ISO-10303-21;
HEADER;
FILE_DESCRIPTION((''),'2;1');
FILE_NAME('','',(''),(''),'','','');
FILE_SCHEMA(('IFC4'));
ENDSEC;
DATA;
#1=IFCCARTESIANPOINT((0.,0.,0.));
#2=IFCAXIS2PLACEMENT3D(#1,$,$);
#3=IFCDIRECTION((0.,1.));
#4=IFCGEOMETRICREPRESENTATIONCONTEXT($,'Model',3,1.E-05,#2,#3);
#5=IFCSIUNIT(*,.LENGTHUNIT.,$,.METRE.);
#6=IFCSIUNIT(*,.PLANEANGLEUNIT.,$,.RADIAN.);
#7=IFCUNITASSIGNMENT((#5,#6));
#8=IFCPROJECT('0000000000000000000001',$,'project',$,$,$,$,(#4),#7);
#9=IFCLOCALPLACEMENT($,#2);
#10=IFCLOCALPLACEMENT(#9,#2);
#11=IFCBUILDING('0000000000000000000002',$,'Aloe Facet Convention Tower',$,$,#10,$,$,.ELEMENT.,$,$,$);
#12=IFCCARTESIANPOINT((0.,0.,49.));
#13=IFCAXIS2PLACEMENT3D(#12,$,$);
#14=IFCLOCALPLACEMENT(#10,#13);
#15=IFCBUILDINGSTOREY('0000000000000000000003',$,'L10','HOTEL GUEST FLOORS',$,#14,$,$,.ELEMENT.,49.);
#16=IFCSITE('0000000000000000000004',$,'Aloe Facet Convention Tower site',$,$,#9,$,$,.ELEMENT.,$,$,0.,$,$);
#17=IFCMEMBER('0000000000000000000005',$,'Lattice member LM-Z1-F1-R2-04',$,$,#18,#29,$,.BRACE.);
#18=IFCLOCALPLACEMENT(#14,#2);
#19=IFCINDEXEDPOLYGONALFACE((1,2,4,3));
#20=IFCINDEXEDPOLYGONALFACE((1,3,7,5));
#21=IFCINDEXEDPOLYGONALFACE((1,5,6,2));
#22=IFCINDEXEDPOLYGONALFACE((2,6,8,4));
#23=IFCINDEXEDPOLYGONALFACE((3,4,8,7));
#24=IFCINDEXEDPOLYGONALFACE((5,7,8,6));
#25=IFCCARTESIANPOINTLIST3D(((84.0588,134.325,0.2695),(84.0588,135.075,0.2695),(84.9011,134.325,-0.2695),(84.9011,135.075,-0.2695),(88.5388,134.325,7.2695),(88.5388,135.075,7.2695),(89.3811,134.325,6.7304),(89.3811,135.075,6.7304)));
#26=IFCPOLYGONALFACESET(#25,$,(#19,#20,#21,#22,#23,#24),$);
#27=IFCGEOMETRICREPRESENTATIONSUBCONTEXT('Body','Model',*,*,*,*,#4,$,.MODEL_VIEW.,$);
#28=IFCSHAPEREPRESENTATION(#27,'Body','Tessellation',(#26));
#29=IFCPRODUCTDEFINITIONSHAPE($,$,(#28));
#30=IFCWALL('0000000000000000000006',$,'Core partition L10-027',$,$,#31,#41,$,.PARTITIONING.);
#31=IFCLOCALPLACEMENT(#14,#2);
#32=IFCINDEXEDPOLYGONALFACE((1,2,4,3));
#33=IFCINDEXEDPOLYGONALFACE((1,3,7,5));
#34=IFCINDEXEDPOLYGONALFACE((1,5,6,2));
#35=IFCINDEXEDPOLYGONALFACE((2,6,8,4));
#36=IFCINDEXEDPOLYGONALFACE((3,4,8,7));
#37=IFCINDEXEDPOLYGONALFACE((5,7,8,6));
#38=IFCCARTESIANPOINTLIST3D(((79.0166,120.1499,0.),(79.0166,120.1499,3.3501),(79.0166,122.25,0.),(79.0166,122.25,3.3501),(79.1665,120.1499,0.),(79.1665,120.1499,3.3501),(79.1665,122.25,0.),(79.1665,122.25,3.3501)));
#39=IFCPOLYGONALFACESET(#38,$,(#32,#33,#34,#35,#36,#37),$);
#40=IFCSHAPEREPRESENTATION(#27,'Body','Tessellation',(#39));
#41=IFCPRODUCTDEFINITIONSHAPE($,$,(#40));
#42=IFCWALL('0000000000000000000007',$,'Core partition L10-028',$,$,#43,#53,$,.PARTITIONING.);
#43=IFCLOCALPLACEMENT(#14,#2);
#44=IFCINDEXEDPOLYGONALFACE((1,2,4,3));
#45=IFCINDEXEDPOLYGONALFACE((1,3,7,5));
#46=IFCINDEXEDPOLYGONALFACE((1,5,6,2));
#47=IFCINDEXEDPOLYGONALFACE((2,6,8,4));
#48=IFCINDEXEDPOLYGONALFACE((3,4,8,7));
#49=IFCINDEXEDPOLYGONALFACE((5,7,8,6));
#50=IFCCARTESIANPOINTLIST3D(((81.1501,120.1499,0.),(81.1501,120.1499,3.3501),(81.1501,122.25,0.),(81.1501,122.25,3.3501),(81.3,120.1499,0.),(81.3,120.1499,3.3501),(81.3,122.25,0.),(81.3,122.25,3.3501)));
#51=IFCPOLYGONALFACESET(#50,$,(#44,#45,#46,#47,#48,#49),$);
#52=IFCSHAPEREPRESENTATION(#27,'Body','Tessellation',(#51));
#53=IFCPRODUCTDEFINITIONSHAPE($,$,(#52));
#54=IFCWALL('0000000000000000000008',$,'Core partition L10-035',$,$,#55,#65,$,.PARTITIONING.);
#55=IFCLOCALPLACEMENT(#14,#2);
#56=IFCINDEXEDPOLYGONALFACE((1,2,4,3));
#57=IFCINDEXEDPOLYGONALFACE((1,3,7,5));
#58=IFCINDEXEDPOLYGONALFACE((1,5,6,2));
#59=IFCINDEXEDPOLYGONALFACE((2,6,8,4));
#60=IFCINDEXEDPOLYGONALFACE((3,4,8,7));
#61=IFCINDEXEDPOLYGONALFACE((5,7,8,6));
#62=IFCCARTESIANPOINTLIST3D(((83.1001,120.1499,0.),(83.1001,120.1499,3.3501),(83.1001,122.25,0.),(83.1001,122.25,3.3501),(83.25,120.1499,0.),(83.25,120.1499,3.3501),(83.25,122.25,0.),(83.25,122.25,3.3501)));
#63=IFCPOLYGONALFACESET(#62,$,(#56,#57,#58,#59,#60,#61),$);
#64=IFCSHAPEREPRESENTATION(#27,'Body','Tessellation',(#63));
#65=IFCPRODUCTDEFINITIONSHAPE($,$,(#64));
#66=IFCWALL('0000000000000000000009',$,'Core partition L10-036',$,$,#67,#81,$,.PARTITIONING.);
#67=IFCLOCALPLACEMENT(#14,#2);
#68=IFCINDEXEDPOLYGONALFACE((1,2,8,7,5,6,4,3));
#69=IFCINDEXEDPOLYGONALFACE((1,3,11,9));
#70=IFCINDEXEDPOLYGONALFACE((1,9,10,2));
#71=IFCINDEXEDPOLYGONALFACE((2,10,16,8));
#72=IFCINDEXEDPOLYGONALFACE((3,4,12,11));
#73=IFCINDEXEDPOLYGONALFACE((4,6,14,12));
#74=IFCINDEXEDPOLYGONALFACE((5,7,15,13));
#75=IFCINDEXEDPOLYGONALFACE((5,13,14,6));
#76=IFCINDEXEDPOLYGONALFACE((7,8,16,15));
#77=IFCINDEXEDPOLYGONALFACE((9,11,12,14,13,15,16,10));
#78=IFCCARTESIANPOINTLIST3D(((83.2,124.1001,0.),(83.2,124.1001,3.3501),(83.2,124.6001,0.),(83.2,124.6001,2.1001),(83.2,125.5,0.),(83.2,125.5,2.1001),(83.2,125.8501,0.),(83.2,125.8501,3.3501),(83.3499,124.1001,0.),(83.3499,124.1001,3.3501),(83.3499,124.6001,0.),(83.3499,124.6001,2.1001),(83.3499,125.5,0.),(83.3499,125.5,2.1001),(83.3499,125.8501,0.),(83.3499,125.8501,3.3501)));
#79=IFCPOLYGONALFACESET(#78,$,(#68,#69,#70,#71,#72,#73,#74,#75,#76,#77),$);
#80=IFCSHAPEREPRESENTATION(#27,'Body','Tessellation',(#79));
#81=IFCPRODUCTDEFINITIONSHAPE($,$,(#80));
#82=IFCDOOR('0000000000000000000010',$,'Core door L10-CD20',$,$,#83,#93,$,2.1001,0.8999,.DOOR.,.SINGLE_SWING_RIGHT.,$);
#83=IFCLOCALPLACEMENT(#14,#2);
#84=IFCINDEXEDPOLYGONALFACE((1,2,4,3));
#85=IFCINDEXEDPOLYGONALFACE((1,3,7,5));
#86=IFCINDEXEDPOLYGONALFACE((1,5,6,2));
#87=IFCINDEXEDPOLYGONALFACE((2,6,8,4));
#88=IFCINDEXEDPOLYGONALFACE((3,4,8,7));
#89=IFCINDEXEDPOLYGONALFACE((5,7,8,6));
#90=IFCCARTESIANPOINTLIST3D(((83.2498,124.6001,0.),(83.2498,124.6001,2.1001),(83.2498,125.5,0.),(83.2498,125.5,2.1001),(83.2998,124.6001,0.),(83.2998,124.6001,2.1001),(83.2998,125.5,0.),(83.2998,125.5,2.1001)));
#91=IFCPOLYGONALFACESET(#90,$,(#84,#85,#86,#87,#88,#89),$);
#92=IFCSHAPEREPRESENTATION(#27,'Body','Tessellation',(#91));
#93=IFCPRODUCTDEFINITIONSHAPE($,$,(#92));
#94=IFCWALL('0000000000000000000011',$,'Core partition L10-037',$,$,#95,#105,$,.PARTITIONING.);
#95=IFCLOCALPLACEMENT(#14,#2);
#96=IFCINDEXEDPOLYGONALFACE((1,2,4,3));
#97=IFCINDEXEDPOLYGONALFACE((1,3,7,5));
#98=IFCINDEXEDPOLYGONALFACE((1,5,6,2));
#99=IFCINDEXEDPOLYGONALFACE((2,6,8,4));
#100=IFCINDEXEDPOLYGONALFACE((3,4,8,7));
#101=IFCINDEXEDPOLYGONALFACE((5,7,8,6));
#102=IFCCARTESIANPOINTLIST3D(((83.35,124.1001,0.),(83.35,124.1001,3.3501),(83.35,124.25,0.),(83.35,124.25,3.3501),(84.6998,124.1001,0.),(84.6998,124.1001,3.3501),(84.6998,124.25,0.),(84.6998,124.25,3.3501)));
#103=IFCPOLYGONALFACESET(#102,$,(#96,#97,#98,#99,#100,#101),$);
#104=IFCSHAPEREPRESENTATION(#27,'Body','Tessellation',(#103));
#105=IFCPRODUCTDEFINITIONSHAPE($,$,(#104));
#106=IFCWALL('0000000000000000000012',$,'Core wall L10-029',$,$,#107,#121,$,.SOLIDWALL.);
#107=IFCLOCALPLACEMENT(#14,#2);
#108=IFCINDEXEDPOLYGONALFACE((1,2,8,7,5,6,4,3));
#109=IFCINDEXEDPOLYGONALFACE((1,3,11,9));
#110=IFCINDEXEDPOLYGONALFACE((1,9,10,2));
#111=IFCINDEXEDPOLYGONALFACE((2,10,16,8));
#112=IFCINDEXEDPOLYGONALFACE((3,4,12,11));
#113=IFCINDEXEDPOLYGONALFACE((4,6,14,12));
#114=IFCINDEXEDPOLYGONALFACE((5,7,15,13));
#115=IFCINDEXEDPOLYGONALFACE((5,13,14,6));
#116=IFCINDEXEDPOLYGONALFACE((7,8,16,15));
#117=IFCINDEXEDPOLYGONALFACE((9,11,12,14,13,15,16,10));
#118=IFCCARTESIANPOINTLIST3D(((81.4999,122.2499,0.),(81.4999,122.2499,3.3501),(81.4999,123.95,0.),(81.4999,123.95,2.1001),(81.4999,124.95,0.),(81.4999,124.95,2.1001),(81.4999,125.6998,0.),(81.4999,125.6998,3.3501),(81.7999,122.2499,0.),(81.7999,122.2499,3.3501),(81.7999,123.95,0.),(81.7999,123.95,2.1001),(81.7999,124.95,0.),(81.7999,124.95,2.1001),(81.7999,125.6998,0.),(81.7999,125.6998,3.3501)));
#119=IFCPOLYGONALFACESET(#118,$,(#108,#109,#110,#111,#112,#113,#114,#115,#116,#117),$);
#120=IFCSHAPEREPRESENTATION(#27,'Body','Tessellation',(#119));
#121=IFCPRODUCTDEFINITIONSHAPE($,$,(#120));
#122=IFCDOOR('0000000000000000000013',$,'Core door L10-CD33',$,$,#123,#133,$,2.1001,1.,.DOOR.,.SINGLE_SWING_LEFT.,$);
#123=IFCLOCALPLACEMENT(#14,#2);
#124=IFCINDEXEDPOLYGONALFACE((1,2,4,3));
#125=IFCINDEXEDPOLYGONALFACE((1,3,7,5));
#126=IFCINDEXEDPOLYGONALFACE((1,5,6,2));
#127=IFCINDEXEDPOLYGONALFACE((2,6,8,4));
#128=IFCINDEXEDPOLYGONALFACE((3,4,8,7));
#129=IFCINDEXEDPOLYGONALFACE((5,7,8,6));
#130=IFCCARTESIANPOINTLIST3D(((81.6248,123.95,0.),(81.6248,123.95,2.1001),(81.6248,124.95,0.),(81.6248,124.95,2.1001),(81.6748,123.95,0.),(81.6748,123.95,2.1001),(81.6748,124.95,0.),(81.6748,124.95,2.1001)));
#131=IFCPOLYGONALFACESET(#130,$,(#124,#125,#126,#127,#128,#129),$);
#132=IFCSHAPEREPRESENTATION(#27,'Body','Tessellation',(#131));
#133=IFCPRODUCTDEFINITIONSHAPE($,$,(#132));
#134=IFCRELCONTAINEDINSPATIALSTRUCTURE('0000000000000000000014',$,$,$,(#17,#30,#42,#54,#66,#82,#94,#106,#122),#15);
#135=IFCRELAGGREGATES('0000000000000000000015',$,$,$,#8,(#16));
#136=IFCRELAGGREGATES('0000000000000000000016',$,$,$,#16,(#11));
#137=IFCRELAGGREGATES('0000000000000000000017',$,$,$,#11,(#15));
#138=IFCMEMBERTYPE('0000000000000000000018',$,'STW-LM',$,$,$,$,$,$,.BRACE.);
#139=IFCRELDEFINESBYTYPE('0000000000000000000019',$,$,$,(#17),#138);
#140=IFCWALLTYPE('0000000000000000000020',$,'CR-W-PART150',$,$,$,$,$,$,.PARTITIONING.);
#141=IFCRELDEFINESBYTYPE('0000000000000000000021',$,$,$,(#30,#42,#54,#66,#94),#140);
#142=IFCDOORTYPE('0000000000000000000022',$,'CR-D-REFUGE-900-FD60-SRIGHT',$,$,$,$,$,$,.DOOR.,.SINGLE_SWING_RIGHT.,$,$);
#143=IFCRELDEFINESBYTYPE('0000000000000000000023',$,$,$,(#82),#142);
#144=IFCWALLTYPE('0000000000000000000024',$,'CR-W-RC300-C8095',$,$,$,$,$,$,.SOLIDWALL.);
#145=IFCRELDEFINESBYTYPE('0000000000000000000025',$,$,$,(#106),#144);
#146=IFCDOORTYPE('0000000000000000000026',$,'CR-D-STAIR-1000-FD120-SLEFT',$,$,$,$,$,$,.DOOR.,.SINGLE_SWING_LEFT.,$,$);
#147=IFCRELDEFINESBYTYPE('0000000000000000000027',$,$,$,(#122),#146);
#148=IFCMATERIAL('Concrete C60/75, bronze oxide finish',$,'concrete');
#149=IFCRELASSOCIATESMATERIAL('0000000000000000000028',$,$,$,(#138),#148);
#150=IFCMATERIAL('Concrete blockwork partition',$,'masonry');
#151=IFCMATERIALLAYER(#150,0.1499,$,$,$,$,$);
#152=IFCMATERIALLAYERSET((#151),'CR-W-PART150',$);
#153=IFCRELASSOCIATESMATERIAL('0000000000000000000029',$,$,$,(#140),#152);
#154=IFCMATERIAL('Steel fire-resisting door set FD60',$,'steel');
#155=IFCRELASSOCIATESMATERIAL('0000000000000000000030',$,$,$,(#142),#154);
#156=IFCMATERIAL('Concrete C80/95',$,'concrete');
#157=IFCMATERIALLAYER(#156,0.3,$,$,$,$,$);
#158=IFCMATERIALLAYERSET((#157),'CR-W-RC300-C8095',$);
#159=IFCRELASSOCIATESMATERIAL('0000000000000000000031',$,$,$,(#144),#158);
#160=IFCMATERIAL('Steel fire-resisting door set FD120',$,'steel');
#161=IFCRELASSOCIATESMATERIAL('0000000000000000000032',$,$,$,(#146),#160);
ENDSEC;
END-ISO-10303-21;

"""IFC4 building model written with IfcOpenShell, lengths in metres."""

from ifc_helpers import new_model, si_unit, direction, frame, frame_2d, origin, origin_2d, place, context, subcontext, project, spatial, rectangle, extrude, material, layer, layer_set, material_profile, profile_set, type_object, element, fill, save


model = new_model("IFC4")

# Units and contexts
model_context = context("Model", 3, precision=1e-05, world=origin(), true_north=direction((0.0, 1.0)))
body_context = subcontext(model_context, "Body", "Model", "MODEL_VIEW")
ifc_project = project(units=[si_unit("LENGTHUNIT", "METRE"), si_unit("PLANEANGLEUNIT", "RADIAN")], contexts=[model_context])

# Site, building, storey
site_placement = place(None, origin())
site = spatial("IfcSite", under=ifc_project, at=site_placement, Name="Aloe Facet Convention Tower site", CompositionType="ELEMENT", RefElevation=0.0)
building_placement = place(site_placement, origin())
building = spatial("IfcBuilding", under=site, at=building_placement, Name="Aloe Facet Convention Tower", CompositionType="ELEMENT")
storey_placement = place(building_placement, frame((0.0, 0.0, 49.0)))
storey = spatial("IfcBuildingStorey", under=building, at=storey_placement, Name="L10", Description="HOTEL GUEST FLOORS", CompositionType="ELEMENT", Elevation=49.0)

# Member
ifc_material_1 = material(Name="Concrete C60/75, bronze oxide finish", Category="concrete")
ifc_material_profile = material_profile(ifc_material_1, rectangle(XDim=0.75, YDim=1.0, at=origin_2d()), Name="STW-LM")
ifc_profile_set = profile_set([ifc_material_profile], Name="Concrete C60/75, bronze oxide finish")
member_type = type_object("IfcMemberType", Name="STW-LM", PredefinedType="BRACE", material=ifc_profile_set)
member_placement = place(storey_placement, frame((84.48, 134.7, 0.0), z_axis=(0.539052, 0.0, 0.842272), x_axis=(0.0, 1.0, 0.0)))
element("IfcMember", 1, at=member_placement, inside=storey, type_object=member_type, Name="Lattice member LM-Z1-F1-R2-04", PredefinedType="BRACE", context=body_context, shape_type="SweptSolid", body=[
    extrude(rectangle(XDim=0.75, YDim=1.0, at=origin_2d()), origin(), (0.0, 0.0, 1.0), 8.3108),
])

# Walls
ifc_material_2 = material(Name="Concrete blockwork partition", Category="masonry")
ifc_layer_1 = layer(ifc_material_2, 0.1499)
ifc_layer_set_1 = layer_set([ifc_layer_1], Name="CR-W-PART150")
wall_type_1 = type_object("IfcWallType", Name="CR-W-PART150", PredefinedType="PARTITIONING", material=ifc_layer_set_1)
for number, where, z_axis, x_axis, name in (
    (2, (79.0916, 122.25, 0.0), (0.0, 0.0, 1.0), (0.0, -1.0, 0.0), "Core partition L10-027"),
    (3, (81.2251, 122.25, 0.0), (0.0, 0.0, 1.0), (0.0, -1.0, 0.0), "Core partition L10-028"),
    (4, (83.175, 122.25, 0.0), (0.0, 0.0, 1.0), (0.0, -1.0, 0.0), "Core partition L10-035"),
):
    element("IfcWall", number, at=place(storey_placement, frame(where, z_axis=z_axis, x_axis=x_axis)), inside=storey, type_object=wall_type_1, Name=name, PredefinedType="PARTITIONING", context=body_context, shape_type="SweptSolid", body=[
        extrude(rectangle(XDim=2.1001, YDim=0.1499, at=frame_2d((1.05, 0.0))), origin(), (0.0, 0.0, 1.0), 3.3501),
    ])

# Wall, opening, door
wall_1_placement = place(storey_placement, frame((83.2749, 125.8501, 0.0), z_axis=(0.0, 0.0, 1.0), x_axis=(0.0, -1.0, 0.0)))
wall_1 = element("IfcWall", 5, at=wall_1_placement, inside=storey, type_object=wall_type_1, Name="Core partition L10-036", PredefinedType="PARTITIONING", context=body_context, shape_type="SweptSolid", body=[
    extrude(rectangle(XDim=1.75, YDim=0.1499, at=frame_2d((0.875, 0.0))), origin(), (0.0, 0.0, 1.0), 3.3501),
])
opening_1_placement = place(wall_1_placement, frame((0.3501, 0.0, 0.0)))
opening_1 = element("IfcOpeningElement", 6, at=opening_1_placement, cuts=wall_1, PredefinedType="OPENING", context=body_context, shape_type="SweptSolid", body=[
    extrude(rectangle(XDim=0.8999, YDim=2.1001, at=frame_2d((0.45, 1.05))), frame((0.0, 0.085, 0.0), z_axis=(0.0, -1.0, 0.0), x_axis=(1.0, 0.0, 0.0)), (0.0, 0.0, 1.0), 0.1699),
])
ifc_material_3 = material(Name="Steel fire-resisting door set FD60", Category="steel")
door_type_1 = type_object("IfcDoorType", Name="CR-D-REFUGE-900-FD60-SRIGHT", OperationType="SINGLE_SWING_RIGHT", PredefinedType="DOOR", material=ifc_material_3)
door_1_placement = place(opening_1_placement, origin())
door_1 = element("IfcDoor", 7, at=door_1_placement, inside=storey, type_object=door_type_1, Name="Core door L10-CD20", OperationType="SINGLE_SWING_RIGHT", OverallHeight=2.1001, OverallWidth=0.8999, PredefinedType="DOOR", context=body_context, shape_type="SweptSolid", body=[
    extrude(rectangle(XDim=0.8999, YDim=2.1001, at=frame_2d((0.45, 1.05))), frame((0.0, 0.0249, 0.0), z_axis=(0.0, -1.0, 0.0), x_axis=(1.0, 0.0, 0.0)), (0.0, 0.0, 1.0), 0.05),
])
fill(opening_1, door_1)

# Wall
wall_2_placement = place(storey_placement, frame((83.3501, 124.175, 0.0), z_axis=(0.0, 0.0, 1.0), x_axis=(1.0, 0.0, 0.0)))
element("IfcWall", 8, at=wall_2_placement, inside=storey, type_object=wall_type_1, Name="Core partition L10-037", PredefinedType="PARTITIONING", context=body_context, shape_type="SweptSolid", body=[
    extrude(rectangle(XDim=1.3499, YDim=0.1499, at=frame_2d((0.6748, 0.0))), origin(), (0.0, 0.0, 1.0), 3.3501),
])

# Wall, opening, door
ifc_material_4 = material(Name="Concrete C80/95", Category="concrete")
ifc_layer_2 = layer(ifc_material_4, 0.3)
ifc_layer_set_2 = layer_set([ifc_layer_2], Name="CR-W-RC300-C8095")
wall_type_2 = type_object("IfcWallType", Name="CR-W-RC300-C8095", PredefinedType="SOLIDWALL", material=ifc_layer_set_2)
wall_3_placement = place(storey_placement, frame((81.6499, 125.7, 0.0), z_axis=(0.0, 0.0, 1.0), x_axis=(0.0, -1.0, 0.0)))
wall_3 = element("IfcWall", 9, at=wall_3_placement, inside=storey, type_object=wall_type_2, Name="Core wall L10-029", PredefinedType="SOLIDWALL", context=body_context, shape_type="SweptSolid", body=[
    extrude(rectangle(XDim=3.45, YDim=0.3, at=frame_2d((1.7251, 0.0))), origin(), (0.0, 0.0, 1.0), 3.3501),
])
opening_2_placement = place(wall_3_placement, frame((0.75, 0.0, 0.0)))
opening_2 = element("IfcOpeningElement", 10, at=opening_2_placement, cuts=wall_3, PredefinedType="OPENING", context=body_context, shape_type="SweptSolid", body=[
    extrude(rectangle(XDim=1.0, YDim=2.1001, at=frame_2d((0.5, 1.05))), frame((0.0, 0.1602, 0.0), z_axis=(0.0, -1.0, 0.0), x_axis=(1.0, 0.0, 0.0)), (0.0, 0.0, 1.0), 0.3201),
])
ifc_material_5 = material(Name="Steel fire-resisting door set FD120", Category="steel")
door_type_2 = type_object("IfcDoorType", Name="CR-D-STAIR-1000-FD120-SLEFT", OperationType="SINGLE_SWING_LEFT", PredefinedType="DOOR", material=ifc_material_5)
door_2_placement = place(opening_2_placement, origin())
door_2 = element("IfcDoor", 11, at=door_2_placement, inside=storey, type_object=door_type_2, Name="Core door L10-CD33", OperationType="SINGLE_SWING_LEFT", OverallHeight=2.1001, OverallWidth=1.0, PredefinedType="DOOR", context=body_context, shape_type="SweptSolid", body=[
    extrude(rectangle(XDim=1.0, YDim=2.1001, at=frame_2d((0.5, 1.05))), frame((0.0, 0.0249, 0.0), z_axis=(0.0, -1.0, 0.0), x_axis=(1.0, 0.0, 0.0)), (0.0, 0.0, 1.0), 0.05),
])
fill(opening_2, door_2)

save(model, "model.ifc")
